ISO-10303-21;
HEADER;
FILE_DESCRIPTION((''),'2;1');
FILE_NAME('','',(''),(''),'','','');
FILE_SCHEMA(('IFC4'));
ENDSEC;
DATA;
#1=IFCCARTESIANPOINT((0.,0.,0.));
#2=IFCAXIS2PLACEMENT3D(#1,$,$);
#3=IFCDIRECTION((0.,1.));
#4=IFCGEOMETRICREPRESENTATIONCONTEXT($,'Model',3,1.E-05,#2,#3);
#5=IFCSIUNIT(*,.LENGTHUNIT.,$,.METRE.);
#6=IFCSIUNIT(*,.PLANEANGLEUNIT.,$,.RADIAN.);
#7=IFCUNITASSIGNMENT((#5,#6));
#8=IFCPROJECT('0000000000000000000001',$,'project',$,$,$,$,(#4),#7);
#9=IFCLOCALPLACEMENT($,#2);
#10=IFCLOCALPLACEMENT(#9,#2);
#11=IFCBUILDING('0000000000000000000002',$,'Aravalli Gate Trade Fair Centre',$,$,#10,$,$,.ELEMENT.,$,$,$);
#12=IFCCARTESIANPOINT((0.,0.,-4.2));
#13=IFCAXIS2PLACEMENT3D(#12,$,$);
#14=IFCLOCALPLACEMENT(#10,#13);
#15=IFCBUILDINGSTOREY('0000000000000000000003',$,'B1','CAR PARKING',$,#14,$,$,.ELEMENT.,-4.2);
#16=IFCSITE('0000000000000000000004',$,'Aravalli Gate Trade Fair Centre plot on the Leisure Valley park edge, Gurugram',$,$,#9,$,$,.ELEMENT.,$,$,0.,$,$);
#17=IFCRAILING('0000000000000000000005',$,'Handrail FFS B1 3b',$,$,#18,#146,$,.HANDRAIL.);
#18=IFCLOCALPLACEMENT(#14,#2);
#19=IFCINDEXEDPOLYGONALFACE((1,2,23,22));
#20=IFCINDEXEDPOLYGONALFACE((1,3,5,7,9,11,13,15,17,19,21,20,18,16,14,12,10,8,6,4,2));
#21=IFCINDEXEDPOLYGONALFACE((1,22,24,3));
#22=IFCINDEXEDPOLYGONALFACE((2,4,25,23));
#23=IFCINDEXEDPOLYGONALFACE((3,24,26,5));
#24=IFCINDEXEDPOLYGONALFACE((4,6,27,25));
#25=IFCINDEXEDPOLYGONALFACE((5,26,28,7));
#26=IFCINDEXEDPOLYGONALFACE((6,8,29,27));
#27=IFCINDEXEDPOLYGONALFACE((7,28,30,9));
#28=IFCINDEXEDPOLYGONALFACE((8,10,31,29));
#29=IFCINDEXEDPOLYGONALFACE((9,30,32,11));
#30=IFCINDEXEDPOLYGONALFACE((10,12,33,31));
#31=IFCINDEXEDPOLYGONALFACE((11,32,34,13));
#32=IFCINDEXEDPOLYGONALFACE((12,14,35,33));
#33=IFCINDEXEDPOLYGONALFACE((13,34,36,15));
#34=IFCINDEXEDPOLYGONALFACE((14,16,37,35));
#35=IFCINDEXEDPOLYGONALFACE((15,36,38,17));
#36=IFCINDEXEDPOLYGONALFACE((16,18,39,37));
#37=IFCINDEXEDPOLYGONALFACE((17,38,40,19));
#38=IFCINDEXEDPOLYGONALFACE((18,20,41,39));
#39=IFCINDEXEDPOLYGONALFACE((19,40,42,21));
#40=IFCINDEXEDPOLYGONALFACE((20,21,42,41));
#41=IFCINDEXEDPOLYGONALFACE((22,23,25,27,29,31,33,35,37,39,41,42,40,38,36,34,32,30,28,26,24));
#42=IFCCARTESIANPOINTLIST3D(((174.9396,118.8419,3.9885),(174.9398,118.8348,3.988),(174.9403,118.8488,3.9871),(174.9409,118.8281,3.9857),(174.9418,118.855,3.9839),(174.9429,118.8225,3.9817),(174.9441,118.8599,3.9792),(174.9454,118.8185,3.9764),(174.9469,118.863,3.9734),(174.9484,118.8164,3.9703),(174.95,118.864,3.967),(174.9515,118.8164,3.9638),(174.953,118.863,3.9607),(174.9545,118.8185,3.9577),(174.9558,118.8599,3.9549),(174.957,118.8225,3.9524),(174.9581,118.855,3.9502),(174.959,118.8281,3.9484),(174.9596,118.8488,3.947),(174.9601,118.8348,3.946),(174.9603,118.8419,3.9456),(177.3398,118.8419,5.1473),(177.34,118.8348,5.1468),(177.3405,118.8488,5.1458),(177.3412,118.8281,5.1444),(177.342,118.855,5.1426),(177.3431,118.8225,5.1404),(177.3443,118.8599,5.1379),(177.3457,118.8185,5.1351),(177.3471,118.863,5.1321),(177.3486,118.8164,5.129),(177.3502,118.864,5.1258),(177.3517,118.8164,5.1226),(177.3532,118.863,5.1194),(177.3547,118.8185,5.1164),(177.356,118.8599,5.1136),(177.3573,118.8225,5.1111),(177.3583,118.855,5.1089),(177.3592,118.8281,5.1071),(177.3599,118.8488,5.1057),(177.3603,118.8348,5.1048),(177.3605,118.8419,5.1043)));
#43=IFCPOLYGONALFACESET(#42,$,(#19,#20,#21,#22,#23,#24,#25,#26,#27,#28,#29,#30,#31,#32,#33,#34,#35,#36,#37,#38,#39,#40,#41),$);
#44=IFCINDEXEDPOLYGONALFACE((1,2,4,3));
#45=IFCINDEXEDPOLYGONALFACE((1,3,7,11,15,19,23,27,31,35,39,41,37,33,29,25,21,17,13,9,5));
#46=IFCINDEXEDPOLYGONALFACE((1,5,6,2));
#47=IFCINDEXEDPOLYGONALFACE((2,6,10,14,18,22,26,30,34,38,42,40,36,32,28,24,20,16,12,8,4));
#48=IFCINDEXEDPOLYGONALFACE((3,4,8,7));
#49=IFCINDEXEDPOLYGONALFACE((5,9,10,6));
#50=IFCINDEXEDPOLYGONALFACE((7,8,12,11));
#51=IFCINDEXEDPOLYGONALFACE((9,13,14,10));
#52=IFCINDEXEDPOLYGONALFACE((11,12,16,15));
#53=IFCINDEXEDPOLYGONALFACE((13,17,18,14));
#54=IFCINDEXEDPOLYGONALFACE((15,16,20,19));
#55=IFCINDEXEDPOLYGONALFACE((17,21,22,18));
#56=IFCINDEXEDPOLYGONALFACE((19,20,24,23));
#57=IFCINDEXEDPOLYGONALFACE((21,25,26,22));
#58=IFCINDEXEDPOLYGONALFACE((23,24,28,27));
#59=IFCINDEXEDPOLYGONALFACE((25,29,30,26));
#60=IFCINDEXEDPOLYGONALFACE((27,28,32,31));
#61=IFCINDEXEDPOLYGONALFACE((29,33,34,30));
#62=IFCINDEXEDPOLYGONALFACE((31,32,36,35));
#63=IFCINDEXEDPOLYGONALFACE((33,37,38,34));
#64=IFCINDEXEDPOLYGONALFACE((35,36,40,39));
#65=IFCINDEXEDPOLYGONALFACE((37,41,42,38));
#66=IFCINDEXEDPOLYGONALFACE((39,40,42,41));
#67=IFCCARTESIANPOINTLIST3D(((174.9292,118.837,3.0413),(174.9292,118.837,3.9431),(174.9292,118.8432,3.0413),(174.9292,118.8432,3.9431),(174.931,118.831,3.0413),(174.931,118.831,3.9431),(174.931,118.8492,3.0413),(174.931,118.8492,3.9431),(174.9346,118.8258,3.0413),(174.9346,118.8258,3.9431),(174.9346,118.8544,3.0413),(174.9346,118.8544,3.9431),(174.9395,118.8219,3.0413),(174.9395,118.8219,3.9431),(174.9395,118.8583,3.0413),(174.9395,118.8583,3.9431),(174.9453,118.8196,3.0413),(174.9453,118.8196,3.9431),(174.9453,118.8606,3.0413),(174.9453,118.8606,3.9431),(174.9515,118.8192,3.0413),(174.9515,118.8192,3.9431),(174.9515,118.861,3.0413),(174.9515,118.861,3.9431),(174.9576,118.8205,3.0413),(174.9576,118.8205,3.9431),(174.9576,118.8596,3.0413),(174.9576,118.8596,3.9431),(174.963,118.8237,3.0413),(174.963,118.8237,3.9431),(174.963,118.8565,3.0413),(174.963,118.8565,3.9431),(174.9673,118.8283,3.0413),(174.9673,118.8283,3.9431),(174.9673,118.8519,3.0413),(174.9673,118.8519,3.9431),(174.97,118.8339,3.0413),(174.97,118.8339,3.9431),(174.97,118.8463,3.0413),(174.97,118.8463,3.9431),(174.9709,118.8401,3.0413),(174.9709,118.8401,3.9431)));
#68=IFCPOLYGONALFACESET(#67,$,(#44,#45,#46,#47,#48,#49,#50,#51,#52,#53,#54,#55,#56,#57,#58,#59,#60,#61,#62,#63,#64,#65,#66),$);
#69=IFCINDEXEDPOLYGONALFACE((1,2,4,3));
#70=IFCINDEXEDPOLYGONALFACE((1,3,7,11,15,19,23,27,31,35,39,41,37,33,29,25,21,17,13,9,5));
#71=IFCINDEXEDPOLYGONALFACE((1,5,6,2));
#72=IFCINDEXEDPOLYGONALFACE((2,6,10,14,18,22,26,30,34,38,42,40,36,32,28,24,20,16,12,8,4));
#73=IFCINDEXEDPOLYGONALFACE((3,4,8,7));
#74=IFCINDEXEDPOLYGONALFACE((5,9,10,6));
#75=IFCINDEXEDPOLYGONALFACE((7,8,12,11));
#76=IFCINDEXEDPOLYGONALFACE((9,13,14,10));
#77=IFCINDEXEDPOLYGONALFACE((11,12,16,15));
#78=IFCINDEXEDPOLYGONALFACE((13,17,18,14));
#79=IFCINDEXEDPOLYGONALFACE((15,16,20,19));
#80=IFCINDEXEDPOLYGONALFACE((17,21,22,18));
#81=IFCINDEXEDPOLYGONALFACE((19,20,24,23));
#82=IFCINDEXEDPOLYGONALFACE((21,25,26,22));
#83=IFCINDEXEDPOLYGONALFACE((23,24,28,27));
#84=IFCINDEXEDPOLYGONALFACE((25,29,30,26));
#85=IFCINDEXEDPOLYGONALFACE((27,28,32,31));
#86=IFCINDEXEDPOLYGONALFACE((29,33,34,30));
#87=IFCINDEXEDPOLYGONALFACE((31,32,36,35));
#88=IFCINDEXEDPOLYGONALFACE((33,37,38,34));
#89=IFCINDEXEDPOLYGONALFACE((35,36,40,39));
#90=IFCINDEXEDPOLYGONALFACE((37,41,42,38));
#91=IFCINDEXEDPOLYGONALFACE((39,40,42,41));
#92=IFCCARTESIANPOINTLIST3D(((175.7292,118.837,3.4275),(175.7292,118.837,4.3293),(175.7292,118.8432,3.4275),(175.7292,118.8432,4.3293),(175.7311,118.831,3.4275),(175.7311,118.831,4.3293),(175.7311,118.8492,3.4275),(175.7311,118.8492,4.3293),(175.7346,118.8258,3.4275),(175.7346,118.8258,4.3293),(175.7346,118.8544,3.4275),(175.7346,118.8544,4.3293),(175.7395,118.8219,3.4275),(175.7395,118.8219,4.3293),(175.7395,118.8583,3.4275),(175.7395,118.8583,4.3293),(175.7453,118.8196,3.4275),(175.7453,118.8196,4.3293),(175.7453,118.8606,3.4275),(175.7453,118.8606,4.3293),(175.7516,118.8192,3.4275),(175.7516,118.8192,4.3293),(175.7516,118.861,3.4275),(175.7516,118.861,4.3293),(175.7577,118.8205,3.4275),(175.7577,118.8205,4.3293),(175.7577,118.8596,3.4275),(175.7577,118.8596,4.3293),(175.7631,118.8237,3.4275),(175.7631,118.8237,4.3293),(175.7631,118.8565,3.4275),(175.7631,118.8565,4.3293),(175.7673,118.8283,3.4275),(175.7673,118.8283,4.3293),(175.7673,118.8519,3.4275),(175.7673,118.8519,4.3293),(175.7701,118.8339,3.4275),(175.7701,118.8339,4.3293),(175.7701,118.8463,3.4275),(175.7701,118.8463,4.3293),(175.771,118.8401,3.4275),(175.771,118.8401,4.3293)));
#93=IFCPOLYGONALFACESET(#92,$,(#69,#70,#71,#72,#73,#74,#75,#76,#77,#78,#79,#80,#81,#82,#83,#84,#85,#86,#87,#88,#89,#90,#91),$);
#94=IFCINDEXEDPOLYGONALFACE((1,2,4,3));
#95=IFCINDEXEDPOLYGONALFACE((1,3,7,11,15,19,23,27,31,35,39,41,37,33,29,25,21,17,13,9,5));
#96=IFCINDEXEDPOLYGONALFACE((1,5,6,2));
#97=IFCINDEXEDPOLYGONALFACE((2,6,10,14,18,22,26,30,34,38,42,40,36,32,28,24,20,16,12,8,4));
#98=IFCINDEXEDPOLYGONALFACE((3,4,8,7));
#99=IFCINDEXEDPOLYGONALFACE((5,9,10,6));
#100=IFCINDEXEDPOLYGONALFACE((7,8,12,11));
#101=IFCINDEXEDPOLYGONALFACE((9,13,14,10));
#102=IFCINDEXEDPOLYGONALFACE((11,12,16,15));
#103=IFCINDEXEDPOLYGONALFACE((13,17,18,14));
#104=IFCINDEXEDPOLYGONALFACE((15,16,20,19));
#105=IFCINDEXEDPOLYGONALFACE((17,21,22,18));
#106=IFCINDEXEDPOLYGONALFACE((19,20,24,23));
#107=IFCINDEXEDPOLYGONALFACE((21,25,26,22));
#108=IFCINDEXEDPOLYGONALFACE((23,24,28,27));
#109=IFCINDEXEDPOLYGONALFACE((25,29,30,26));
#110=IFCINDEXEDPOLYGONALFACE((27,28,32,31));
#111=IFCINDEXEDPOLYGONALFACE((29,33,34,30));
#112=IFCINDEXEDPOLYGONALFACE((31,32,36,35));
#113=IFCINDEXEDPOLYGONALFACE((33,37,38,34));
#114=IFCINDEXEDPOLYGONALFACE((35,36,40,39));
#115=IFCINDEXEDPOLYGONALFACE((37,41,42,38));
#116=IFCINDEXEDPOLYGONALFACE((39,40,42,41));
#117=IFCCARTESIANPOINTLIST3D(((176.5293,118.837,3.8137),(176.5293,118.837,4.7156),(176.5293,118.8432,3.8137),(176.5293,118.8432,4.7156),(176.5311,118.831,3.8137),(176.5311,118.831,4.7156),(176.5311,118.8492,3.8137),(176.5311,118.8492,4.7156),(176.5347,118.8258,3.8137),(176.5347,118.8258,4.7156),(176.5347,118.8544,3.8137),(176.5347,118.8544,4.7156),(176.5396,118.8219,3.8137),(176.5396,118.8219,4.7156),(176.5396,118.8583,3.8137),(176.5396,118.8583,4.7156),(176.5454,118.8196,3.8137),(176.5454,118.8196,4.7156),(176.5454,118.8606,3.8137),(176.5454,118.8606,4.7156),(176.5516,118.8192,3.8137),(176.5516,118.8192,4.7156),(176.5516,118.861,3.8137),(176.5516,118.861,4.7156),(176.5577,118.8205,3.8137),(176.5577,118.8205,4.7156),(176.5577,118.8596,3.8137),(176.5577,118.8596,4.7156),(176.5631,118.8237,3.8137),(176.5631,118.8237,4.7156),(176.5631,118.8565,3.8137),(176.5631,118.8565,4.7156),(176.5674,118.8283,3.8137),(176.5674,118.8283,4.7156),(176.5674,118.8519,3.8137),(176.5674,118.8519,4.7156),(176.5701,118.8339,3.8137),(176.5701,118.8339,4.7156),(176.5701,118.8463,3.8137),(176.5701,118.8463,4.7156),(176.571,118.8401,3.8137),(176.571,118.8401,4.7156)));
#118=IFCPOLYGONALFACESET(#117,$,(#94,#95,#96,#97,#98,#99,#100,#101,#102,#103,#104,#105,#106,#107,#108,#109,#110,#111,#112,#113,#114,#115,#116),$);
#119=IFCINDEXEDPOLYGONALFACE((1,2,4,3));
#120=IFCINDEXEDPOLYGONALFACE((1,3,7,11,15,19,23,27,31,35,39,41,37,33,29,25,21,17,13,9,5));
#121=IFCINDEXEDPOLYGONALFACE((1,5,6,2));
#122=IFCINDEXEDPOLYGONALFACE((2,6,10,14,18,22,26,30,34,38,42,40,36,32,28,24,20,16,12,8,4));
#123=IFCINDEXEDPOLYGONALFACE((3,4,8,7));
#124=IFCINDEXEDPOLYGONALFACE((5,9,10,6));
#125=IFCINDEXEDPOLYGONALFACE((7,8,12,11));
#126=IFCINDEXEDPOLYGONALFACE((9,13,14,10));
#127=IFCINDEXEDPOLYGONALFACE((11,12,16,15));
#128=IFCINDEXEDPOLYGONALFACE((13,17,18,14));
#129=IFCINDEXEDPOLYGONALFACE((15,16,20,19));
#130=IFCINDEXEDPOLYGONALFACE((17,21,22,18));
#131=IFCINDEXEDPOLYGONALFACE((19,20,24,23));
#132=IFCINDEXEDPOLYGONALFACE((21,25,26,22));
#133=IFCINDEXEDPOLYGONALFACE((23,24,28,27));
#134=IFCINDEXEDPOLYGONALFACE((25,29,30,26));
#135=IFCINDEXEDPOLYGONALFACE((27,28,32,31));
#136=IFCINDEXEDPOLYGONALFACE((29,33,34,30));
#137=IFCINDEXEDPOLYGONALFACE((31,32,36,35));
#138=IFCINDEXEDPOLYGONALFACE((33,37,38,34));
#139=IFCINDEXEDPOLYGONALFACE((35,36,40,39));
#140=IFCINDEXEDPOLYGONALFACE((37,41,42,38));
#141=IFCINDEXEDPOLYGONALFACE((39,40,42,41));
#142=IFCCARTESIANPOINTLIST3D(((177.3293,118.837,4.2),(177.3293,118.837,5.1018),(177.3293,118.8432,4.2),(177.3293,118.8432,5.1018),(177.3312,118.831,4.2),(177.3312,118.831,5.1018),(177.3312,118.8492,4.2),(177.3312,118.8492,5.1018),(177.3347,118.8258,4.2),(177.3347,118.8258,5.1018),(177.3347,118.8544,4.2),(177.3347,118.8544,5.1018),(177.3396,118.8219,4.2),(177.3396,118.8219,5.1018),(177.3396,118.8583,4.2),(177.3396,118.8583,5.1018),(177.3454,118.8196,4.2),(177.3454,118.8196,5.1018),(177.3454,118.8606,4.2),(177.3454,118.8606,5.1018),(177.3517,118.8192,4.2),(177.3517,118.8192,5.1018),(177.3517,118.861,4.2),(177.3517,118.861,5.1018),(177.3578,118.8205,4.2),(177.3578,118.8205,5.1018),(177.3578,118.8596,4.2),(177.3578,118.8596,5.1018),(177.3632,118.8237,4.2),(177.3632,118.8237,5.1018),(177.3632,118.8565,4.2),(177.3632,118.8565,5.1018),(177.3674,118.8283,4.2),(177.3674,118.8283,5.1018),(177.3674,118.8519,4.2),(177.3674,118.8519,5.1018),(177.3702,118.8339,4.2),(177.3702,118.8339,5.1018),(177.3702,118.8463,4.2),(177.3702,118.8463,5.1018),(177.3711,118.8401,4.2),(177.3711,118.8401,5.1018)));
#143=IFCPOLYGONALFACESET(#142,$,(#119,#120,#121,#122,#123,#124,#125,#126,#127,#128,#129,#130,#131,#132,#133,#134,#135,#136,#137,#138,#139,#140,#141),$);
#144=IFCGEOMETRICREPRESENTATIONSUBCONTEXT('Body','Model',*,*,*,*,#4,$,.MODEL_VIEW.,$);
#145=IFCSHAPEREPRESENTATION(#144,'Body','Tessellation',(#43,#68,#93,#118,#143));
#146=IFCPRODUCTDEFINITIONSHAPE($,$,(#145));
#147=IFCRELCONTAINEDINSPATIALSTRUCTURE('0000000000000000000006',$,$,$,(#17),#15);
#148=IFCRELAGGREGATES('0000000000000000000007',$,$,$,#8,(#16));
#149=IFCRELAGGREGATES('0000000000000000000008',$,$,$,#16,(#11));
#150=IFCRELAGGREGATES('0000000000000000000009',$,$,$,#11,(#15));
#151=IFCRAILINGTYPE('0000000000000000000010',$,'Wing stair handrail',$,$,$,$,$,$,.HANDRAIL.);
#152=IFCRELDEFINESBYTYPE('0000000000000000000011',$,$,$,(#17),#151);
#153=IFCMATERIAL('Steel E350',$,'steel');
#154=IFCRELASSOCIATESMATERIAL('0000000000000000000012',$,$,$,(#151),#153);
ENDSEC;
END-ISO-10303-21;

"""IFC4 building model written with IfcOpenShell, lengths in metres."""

from ifc_helpers import new_model, si_unit, direction, frame, origin, origin_2d, place, context, subcontext, project, spatial, circle, extrude, material, type_object, element, save


model = new_model("IFC4")

# Units and contexts
model_context = context("Model", 3, precision=1e-05, world=origin(), true_north=direction((0.0, 1.0)))
body_context = subcontext(model_context, "Body", "Model", "MODEL_VIEW")
ifc_project = project(units=[si_unit("LENGTHUNIT", "METRE"), si_unit("PLANEANGLEUNIT", "RADIAN")], contexts=[model_context])

# Site, building, storey
site_placement = place(None, origin())
site = spatial("IfcSite", under=ifc_project, at=site_placement, Name="Aravalli Gate Trade Fair Centre plot on the Leisure Valley park edge, Gurugram", CompositionType="ELEMENT", RefElevation=0.0)
building_placement = place(site_placement, origin())
building = spatial("IfcBuilding", under=site, at=building_placement, Name="Aravalli Gate Trade Fair Centre", CompositionType="ELEMENT")
storey_placement = place(building_placement, frame((0.0, 0.0, -4.2)))
storey = spatial("IfcBuildingStorey", under=building, at=storey_placement, Name="B1", Description="CAR PARKING", CompositionType="ELEMENT", Elevation=-4.2)

# Shared definitions
ifc_material_1 = material(Name="Steel E350", Category="steel")

# Railing
railing_type = type_object("IfcRailingType", Name="Wing stair handrail", PredefinedType="HANDRAIL", material=ifc_material_1)
railing_1_placement = place(storey_placement, frame((174.95, 118.8401, 3.0413)))
element("IfcRailing", 1, at=railing_1_placement, inside=storey, type_object=railing_type, Name="Handrail FFS B1 3b", PredefinedType="HANDRAIL", context=body_context, shape_type="SweptSolid", body=[
    extrude(circle(Radius=0.0239, at=origin_2d()), frame((0.0, 0.0, 0.9258), z_axis=(0.900552, 0.0, 0.434749), x_axis=(0.0, 1.0, 0.0)), (0.0, 0.0, 1.0), 2.6653),
    extrude(circle(Radius=0.021, at=origin_2d()), origin(), (0.0, 0.0, 1.0), 0.9019),
    extrude(circle(Radius=0.021, at=origin_2d()), frame((0.8, 0.0, 0.3862)), (0.0, 0.0, 1.0), 0.9019),
    extrude(circle(Radius=0.021, at=origin_2d()), frame((1.6001, 0.0, 0.7725)), (0.0, 0.0, 1.0), 0.9019),
    extrude(circle(Radius=0.021, at=origin_2d()), frame((2.4001, 0.0, 1.1587)), (0.0, 0.0, 1.0), 0.9019),
])

save(model, "model.ifc")
